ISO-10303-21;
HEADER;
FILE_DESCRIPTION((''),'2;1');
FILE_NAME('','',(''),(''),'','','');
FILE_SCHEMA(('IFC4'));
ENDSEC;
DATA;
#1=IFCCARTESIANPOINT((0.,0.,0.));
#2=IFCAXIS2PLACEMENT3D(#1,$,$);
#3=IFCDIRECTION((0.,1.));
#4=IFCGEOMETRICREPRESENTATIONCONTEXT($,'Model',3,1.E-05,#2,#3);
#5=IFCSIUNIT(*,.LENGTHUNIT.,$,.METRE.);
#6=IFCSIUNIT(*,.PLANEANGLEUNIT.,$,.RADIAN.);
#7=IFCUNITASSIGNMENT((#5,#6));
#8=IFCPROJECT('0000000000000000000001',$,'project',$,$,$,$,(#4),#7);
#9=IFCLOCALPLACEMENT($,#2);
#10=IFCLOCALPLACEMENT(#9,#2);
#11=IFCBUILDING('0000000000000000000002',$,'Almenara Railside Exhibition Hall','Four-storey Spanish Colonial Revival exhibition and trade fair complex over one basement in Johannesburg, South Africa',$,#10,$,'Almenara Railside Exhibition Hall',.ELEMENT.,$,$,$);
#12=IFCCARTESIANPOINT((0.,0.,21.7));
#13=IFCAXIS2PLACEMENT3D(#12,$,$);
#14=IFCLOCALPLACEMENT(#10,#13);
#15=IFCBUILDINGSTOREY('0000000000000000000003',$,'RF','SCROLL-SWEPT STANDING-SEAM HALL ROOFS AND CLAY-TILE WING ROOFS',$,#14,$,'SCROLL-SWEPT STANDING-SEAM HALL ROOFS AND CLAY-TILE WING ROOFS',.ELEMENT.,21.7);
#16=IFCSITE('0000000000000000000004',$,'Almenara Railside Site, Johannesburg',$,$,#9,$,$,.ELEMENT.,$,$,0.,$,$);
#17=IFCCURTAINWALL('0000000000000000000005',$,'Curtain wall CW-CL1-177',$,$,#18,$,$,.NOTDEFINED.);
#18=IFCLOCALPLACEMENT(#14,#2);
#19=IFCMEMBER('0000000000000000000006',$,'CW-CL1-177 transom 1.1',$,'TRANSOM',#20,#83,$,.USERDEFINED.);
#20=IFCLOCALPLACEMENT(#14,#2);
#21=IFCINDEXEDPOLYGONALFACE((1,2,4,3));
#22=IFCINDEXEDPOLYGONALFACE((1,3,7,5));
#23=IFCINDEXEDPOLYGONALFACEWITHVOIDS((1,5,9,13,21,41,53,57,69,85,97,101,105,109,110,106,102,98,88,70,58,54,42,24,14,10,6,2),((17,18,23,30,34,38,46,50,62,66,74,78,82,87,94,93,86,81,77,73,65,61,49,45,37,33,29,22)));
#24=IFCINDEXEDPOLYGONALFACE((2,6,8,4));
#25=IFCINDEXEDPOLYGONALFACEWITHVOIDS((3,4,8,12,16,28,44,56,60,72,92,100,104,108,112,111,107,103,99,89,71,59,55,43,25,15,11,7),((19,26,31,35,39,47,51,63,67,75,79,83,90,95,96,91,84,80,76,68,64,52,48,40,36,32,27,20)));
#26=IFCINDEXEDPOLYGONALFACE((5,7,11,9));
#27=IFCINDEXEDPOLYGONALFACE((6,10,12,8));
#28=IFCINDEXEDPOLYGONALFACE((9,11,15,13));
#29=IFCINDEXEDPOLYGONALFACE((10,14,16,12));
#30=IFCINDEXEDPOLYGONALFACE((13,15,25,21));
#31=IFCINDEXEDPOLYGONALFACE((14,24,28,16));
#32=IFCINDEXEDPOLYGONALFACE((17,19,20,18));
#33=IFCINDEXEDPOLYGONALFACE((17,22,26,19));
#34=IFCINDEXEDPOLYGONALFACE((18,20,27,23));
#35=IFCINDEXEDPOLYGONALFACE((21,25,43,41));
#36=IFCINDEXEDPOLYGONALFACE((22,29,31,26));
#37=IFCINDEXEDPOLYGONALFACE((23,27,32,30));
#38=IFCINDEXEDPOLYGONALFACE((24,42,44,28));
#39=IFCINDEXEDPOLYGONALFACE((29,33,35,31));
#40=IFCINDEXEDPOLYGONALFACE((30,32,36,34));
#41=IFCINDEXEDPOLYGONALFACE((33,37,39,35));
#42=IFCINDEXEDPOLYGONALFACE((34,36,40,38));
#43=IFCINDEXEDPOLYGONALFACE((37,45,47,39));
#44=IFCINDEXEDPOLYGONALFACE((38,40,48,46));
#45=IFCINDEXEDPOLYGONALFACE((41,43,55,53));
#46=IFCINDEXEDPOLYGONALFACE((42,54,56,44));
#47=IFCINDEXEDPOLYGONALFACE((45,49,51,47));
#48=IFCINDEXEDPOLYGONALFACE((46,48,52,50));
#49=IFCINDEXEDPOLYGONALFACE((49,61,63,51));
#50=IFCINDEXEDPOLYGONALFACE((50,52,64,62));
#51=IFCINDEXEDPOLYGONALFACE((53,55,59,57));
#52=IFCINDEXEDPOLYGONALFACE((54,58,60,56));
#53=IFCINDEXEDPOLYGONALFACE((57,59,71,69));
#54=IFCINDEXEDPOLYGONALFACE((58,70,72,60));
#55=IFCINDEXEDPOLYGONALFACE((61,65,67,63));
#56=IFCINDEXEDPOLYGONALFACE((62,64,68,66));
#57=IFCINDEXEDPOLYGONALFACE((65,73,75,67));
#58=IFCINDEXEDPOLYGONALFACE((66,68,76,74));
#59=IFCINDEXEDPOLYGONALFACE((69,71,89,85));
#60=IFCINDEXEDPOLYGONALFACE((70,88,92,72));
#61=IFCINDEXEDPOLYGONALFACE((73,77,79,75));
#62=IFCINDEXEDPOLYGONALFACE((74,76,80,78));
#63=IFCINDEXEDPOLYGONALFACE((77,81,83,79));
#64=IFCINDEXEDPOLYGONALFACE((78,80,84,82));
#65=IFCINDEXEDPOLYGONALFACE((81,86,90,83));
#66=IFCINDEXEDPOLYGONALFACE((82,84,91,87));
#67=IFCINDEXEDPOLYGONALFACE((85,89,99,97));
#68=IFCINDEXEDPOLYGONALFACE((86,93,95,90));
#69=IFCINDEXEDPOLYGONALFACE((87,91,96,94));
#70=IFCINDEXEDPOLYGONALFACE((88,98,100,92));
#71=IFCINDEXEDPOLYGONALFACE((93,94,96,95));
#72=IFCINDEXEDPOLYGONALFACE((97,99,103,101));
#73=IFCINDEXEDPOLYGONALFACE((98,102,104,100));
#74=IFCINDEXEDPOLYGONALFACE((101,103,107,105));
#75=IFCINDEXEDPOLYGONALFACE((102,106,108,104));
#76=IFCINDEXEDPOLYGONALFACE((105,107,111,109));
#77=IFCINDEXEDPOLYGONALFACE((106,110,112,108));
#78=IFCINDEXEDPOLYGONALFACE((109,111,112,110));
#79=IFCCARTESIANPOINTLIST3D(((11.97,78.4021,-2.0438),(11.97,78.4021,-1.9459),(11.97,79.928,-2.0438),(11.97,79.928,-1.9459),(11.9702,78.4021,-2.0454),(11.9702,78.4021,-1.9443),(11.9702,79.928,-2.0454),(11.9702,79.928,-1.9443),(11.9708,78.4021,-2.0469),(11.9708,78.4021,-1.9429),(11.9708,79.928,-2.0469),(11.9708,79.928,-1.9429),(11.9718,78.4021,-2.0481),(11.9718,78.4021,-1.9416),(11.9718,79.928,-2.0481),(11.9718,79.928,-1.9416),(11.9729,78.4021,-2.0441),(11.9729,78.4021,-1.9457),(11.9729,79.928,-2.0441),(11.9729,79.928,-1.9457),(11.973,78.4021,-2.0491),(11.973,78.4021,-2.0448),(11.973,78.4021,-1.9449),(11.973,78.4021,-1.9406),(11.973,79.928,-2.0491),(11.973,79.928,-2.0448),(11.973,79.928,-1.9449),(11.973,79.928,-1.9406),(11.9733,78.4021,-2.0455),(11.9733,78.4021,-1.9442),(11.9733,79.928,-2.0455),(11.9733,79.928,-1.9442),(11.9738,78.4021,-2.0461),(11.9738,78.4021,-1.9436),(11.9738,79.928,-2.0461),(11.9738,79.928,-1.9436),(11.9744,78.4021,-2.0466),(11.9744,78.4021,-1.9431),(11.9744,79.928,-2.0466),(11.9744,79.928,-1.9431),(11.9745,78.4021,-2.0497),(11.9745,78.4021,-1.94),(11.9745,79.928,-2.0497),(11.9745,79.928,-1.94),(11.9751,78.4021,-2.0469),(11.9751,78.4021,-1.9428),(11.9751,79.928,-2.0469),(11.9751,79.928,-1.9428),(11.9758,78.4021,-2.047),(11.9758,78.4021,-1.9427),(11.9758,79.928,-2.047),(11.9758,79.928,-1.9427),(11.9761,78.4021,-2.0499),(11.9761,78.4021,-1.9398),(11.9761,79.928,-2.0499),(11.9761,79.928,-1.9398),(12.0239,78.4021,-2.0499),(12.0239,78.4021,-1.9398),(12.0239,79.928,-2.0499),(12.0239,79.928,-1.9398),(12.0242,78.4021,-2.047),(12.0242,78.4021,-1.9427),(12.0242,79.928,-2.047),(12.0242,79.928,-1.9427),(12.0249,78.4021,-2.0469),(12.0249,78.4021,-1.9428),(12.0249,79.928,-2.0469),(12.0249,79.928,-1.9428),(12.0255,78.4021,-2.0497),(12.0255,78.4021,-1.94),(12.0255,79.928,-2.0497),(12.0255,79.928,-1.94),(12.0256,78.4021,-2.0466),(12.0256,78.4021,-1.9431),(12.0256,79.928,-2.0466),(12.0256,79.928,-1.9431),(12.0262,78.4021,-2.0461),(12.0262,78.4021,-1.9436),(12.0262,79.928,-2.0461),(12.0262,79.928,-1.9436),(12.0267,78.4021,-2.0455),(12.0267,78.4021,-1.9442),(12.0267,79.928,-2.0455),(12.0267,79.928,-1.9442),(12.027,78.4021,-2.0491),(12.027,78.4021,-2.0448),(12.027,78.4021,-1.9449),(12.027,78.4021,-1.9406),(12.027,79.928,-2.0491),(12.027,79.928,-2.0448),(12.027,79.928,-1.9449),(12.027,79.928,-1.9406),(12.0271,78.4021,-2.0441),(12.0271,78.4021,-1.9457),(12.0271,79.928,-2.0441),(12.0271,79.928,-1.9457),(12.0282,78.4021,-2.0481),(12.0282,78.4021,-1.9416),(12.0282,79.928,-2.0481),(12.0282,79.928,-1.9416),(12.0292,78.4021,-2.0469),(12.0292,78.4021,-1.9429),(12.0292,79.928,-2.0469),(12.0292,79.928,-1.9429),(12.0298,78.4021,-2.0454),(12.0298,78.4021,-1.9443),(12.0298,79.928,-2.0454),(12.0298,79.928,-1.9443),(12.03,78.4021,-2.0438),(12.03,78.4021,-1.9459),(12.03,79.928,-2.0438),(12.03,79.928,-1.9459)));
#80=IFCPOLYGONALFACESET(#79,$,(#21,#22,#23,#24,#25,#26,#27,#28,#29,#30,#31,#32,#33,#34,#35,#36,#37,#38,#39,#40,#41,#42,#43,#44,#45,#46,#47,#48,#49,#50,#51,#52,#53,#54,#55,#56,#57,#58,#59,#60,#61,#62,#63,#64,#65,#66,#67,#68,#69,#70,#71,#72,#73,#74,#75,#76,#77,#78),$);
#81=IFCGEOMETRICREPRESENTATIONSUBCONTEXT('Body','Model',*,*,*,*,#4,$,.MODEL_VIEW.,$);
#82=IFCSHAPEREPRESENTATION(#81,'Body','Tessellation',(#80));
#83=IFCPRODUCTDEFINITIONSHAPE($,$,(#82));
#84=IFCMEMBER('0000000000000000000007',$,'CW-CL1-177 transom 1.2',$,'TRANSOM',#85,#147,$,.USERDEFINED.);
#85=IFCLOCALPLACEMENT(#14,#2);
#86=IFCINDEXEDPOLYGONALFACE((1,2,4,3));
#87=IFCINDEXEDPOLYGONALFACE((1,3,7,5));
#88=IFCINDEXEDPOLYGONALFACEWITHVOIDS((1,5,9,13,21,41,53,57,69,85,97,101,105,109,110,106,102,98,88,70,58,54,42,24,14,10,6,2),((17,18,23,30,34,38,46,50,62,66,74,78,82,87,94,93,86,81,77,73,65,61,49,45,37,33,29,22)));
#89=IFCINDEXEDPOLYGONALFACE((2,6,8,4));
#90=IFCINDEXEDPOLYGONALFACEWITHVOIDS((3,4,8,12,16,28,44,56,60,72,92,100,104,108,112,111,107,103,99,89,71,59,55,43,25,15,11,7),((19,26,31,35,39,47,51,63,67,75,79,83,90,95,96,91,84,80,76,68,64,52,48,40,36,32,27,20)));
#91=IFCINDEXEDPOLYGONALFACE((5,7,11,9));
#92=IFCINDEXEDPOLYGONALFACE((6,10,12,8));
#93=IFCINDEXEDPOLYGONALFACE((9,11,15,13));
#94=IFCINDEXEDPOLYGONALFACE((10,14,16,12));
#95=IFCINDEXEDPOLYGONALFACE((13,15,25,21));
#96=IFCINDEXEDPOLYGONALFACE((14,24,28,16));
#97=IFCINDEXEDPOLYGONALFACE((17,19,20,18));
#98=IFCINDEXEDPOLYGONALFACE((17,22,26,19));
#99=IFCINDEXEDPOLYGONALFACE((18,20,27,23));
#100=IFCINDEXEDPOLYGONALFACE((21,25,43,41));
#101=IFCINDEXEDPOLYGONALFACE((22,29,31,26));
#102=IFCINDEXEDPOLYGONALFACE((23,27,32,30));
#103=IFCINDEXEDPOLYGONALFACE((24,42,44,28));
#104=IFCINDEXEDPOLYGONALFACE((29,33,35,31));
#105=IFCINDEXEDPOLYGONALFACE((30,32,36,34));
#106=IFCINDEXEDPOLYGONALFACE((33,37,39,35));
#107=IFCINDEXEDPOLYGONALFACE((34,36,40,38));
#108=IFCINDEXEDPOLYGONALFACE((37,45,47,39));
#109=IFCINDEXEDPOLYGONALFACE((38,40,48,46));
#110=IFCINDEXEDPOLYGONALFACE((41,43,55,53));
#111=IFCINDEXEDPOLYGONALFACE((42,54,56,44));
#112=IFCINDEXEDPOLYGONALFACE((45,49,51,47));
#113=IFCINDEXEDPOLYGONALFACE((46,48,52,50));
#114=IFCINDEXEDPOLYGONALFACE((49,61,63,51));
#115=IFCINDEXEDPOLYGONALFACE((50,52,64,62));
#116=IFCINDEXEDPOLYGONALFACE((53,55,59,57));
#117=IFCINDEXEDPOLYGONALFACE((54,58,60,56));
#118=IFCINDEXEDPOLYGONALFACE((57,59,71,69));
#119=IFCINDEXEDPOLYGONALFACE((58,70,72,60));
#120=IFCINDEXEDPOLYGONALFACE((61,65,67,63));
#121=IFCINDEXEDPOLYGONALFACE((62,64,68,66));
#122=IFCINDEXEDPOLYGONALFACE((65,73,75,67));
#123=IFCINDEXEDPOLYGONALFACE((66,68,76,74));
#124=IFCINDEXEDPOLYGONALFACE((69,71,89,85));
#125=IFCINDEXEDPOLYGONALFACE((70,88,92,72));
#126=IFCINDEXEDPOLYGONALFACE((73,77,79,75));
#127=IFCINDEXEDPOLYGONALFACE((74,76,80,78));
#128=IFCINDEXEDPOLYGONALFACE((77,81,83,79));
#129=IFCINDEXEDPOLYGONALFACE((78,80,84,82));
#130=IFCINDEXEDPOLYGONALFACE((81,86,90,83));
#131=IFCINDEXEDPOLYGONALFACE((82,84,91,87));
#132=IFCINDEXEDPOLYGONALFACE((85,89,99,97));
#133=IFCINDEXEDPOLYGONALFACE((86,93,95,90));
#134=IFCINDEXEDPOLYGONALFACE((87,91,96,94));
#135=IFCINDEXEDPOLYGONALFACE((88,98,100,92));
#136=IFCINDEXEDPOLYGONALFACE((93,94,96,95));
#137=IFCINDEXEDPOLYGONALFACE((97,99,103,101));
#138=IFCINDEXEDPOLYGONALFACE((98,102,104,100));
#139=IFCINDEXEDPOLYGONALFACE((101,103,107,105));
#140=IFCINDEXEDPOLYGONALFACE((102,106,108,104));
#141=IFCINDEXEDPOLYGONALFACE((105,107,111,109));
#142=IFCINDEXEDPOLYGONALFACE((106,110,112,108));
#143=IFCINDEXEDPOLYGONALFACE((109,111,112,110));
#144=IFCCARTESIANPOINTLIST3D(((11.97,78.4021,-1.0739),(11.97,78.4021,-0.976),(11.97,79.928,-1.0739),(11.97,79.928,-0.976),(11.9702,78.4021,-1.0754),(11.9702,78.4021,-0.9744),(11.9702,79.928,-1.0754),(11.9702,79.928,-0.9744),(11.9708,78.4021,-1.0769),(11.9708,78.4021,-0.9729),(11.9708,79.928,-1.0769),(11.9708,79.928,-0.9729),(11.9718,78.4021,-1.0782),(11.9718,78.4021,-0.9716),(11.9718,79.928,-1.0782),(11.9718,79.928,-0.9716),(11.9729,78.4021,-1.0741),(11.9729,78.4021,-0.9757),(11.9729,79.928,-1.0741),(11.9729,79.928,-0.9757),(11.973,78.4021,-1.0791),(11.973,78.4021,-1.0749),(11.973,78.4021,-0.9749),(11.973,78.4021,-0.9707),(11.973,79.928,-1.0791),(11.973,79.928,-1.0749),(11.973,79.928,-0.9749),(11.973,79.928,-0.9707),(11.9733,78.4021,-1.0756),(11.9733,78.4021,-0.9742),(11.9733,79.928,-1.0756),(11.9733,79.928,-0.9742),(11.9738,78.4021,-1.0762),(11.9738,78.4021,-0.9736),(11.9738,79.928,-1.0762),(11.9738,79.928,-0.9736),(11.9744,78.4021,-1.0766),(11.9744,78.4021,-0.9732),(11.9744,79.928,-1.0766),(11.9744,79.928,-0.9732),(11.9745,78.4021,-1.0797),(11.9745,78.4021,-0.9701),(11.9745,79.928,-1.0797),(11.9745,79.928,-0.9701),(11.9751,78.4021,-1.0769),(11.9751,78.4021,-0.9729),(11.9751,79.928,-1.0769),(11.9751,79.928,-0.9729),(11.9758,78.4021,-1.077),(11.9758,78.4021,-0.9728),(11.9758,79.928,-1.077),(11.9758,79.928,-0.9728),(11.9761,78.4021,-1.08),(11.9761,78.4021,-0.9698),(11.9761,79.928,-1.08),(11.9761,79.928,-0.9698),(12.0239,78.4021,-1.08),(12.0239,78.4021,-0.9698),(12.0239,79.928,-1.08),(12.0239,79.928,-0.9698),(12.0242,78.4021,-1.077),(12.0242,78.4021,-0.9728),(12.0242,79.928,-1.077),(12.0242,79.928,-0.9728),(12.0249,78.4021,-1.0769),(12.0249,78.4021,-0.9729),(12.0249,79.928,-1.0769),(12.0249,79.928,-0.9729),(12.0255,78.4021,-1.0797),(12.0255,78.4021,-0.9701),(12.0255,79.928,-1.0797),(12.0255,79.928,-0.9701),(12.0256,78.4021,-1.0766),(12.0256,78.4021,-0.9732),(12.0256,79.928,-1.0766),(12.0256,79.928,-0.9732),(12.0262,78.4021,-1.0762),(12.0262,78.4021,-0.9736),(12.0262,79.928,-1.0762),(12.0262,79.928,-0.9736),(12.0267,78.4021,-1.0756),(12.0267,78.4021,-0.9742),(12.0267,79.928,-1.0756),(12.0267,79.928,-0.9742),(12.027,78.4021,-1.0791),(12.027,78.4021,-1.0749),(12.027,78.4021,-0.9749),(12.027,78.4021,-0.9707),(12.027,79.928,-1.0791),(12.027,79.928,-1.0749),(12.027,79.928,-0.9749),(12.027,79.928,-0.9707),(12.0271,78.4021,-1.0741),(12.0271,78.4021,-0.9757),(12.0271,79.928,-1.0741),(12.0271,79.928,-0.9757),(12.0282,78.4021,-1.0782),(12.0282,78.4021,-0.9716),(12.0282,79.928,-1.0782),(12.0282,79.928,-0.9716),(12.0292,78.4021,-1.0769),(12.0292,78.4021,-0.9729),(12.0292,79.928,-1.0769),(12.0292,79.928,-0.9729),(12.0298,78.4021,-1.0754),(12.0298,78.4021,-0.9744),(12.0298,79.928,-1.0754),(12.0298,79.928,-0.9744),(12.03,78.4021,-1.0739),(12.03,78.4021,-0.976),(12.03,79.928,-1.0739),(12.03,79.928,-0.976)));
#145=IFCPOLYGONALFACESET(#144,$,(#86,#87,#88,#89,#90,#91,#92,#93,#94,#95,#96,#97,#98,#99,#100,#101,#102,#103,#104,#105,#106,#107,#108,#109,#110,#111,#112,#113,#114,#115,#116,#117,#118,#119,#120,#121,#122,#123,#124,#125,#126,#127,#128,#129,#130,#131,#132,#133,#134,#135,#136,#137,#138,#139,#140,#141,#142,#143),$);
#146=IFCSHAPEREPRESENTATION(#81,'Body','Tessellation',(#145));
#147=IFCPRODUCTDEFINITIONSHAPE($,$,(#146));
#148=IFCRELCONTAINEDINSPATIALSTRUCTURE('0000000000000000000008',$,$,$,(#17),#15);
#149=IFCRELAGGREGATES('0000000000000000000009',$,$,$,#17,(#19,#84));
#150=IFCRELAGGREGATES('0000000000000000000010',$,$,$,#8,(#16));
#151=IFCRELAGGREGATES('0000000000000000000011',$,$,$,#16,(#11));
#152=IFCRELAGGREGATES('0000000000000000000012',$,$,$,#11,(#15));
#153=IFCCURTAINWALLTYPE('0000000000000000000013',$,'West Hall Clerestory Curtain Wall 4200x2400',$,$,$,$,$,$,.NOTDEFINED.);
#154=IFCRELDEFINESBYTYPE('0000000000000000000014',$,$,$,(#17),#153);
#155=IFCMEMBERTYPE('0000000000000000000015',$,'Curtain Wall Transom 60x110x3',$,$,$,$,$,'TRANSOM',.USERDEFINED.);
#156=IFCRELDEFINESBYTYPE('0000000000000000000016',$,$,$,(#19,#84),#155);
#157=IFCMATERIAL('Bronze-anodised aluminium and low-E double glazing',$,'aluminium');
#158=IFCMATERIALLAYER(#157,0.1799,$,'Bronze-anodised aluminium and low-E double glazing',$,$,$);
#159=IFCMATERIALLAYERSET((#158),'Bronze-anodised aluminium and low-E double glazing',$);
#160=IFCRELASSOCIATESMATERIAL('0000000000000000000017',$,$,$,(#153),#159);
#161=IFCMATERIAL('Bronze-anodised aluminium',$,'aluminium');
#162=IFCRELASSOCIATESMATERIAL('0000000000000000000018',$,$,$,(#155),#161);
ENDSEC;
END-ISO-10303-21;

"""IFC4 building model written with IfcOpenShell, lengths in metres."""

from ifc_helpers import new_model, si_unit, direction, frame, origin, origin_2d, place, context, subcontext, project, spatial, hollow_rectangle, extrude, material, layer, layer_set, material_profile, profile_set, type_object, element, aggregate, save


model = new_model("IFC4")

# Units and contexts
model_context = context("Model", 3, precision=1e-05, world=origin(), true_north=direction((0.0, 1.0)))
body_context = subcontext(model_context, "Body", "Model", "MODEL_VIEW")
ifc_project = project(units=[si_unit("LENGTHUNIT", "METRE"), si_unit("PLANEANGLEUNIT", "RADIAN")], contexts=[model_context])

# Site, building, storey
site_placement = place(None, origin())
site = spatial("IfcSite", under=ifc_project, at=site_placement, Name="Almenara Railside Site, Johannesburg", CompositionType="ELEMENT", RefElevation=0.0)
building_placement = place(site_placement, origin())
building = spatial("IfcBuilding", under=site, at=building_placement, Name="Almenara Railside Exhibition Hall", Description="Four-storey Spanish Colonial Revival exhibition and trade fair complex over one basement in Johannesburg, South Africa", LongName="Almenara Railside Exhibition Hall", CompositionType="ELEMENT")
storey_placement = place(building_placement, frame((0.0, 0.0, 21.7)))
storey = spatial("IfcBuildingStorey", under=building, at=storey_placement, Name="RF", Description="SCROLL-SWEPT STANDING-SEAM HALL ROOFS AND CLAY-TILE WING ROOFS", LongName="SCROLL-SWEPT STANDING-SEAM HALL ROOFS AND CLAY-TILE WING ROOFS", CompositionType="ELEMENT", Elevation=21.7)

# Curtain wall
ifc_material_1 = material(Name="Bronze-anodised aluminium and low-E double glazing", Category="aluminium")
ifc_layer_1 = layer(ifc_material_1, 0.1799, Name="Bronze-anodised aluminium and low-E double glazing")
ifc_layer_set_1 = layer_set([ifc_layer_1], Name="Bronze-anodised aluminium and low-E double glazing")
curtain_wall_type = type_object("IfcCurtainWallType", Name="West Hall Clerestory Curtain Wall 4200x2400", PredefinedType="NOTDEFINED", material=ifc_layer_set_1)
curtain_wall_1_placement = place(storey_placement, origin())
curtain_wall_1 = element("IfcCurtainWall", 1, at=curtain_wall_1_placement, inside=storey, type_object=curtain_wall_type, Name="Curtain wall CW-CL1-177", PredefinedType="NOTDEFINED")
ifc_material_2 = material(Name="Bronze-anodised aluminium", Category="aluminium")

# Members
ifc_material_profile_1 = material_profile(ifc_material_2, hollow_rectangle(XDim=0.0601, YDim=0.1101, WallThickness=0.0029, InnerFilletRadius=0.0029, OuterFilletRadius=0.0061, at=origin_2d()), Name="ALU-TRN 60x110x3")
ifc_profile_set_1 = profile_set([ifc_material_profile_1], Name="Bronze-anodised aluminium")
member_type_1 = type_object("IfcMemberType", Name="Curtain Wall Transom 60x110x3", ElementType="TRANSOM", PredefinedType="USERDEFINED", material=ifc_profile_set_1)
member_1_placement = place(storey_placement, frame((12.0, 78.4021, -1.9949), z_axis=(0.0, 1.0, 0.0), x_axis=(-1.0, 0.0, 0.0)))
member_1 = element("IfcMember", 2, at=member_1_placement, type_object=member_type_1, Name="CW-CL1-177 transom 1.1", ObjectType="TRANSOM", PredefinedType="USERDEFINED", context=body_context, shape_type="SweptSolid", body=[
    extrude(hollow_rectangle(XDim=0.0601, YDim=0.1101, WallThickness=0.0029, InnerFilletRadius=0.0029, OuterFilletRadius=0.0061, at=origin_2d()), origin(), (0.0, 0.0, 1.0), 1.5259),
])
member_2_placement = place(storey_placement, frame((12.0, 78.4021, -1.0249), z_axis=(0.0, 1.0, 0.0), x_axis=(-1.0, 0.0, 0.0)))
member_2 = element("IfcMember", 3, at=member_2_placement, type_object=member_type_1, Name="CW-CL1-177 transom 1.2", ObjectType="TRANSOM", PredefinedType="USERDEFINED", context=body_context, shape_type="SweptSolid", body=[
    extrude(hollow_rectangle(XDim=0.0601, YDim=0.1101, WallThickness=0.0029, InnerFilletRadius=0.0029, OuterFilletRadius=0.0061, at=origin_2d()), origin(), (0.0, 0.0, 1.0), 1.5259),
])

aggregate(curtain_wall_1, [member_1, member_2])

save(model, "model.ifc")
